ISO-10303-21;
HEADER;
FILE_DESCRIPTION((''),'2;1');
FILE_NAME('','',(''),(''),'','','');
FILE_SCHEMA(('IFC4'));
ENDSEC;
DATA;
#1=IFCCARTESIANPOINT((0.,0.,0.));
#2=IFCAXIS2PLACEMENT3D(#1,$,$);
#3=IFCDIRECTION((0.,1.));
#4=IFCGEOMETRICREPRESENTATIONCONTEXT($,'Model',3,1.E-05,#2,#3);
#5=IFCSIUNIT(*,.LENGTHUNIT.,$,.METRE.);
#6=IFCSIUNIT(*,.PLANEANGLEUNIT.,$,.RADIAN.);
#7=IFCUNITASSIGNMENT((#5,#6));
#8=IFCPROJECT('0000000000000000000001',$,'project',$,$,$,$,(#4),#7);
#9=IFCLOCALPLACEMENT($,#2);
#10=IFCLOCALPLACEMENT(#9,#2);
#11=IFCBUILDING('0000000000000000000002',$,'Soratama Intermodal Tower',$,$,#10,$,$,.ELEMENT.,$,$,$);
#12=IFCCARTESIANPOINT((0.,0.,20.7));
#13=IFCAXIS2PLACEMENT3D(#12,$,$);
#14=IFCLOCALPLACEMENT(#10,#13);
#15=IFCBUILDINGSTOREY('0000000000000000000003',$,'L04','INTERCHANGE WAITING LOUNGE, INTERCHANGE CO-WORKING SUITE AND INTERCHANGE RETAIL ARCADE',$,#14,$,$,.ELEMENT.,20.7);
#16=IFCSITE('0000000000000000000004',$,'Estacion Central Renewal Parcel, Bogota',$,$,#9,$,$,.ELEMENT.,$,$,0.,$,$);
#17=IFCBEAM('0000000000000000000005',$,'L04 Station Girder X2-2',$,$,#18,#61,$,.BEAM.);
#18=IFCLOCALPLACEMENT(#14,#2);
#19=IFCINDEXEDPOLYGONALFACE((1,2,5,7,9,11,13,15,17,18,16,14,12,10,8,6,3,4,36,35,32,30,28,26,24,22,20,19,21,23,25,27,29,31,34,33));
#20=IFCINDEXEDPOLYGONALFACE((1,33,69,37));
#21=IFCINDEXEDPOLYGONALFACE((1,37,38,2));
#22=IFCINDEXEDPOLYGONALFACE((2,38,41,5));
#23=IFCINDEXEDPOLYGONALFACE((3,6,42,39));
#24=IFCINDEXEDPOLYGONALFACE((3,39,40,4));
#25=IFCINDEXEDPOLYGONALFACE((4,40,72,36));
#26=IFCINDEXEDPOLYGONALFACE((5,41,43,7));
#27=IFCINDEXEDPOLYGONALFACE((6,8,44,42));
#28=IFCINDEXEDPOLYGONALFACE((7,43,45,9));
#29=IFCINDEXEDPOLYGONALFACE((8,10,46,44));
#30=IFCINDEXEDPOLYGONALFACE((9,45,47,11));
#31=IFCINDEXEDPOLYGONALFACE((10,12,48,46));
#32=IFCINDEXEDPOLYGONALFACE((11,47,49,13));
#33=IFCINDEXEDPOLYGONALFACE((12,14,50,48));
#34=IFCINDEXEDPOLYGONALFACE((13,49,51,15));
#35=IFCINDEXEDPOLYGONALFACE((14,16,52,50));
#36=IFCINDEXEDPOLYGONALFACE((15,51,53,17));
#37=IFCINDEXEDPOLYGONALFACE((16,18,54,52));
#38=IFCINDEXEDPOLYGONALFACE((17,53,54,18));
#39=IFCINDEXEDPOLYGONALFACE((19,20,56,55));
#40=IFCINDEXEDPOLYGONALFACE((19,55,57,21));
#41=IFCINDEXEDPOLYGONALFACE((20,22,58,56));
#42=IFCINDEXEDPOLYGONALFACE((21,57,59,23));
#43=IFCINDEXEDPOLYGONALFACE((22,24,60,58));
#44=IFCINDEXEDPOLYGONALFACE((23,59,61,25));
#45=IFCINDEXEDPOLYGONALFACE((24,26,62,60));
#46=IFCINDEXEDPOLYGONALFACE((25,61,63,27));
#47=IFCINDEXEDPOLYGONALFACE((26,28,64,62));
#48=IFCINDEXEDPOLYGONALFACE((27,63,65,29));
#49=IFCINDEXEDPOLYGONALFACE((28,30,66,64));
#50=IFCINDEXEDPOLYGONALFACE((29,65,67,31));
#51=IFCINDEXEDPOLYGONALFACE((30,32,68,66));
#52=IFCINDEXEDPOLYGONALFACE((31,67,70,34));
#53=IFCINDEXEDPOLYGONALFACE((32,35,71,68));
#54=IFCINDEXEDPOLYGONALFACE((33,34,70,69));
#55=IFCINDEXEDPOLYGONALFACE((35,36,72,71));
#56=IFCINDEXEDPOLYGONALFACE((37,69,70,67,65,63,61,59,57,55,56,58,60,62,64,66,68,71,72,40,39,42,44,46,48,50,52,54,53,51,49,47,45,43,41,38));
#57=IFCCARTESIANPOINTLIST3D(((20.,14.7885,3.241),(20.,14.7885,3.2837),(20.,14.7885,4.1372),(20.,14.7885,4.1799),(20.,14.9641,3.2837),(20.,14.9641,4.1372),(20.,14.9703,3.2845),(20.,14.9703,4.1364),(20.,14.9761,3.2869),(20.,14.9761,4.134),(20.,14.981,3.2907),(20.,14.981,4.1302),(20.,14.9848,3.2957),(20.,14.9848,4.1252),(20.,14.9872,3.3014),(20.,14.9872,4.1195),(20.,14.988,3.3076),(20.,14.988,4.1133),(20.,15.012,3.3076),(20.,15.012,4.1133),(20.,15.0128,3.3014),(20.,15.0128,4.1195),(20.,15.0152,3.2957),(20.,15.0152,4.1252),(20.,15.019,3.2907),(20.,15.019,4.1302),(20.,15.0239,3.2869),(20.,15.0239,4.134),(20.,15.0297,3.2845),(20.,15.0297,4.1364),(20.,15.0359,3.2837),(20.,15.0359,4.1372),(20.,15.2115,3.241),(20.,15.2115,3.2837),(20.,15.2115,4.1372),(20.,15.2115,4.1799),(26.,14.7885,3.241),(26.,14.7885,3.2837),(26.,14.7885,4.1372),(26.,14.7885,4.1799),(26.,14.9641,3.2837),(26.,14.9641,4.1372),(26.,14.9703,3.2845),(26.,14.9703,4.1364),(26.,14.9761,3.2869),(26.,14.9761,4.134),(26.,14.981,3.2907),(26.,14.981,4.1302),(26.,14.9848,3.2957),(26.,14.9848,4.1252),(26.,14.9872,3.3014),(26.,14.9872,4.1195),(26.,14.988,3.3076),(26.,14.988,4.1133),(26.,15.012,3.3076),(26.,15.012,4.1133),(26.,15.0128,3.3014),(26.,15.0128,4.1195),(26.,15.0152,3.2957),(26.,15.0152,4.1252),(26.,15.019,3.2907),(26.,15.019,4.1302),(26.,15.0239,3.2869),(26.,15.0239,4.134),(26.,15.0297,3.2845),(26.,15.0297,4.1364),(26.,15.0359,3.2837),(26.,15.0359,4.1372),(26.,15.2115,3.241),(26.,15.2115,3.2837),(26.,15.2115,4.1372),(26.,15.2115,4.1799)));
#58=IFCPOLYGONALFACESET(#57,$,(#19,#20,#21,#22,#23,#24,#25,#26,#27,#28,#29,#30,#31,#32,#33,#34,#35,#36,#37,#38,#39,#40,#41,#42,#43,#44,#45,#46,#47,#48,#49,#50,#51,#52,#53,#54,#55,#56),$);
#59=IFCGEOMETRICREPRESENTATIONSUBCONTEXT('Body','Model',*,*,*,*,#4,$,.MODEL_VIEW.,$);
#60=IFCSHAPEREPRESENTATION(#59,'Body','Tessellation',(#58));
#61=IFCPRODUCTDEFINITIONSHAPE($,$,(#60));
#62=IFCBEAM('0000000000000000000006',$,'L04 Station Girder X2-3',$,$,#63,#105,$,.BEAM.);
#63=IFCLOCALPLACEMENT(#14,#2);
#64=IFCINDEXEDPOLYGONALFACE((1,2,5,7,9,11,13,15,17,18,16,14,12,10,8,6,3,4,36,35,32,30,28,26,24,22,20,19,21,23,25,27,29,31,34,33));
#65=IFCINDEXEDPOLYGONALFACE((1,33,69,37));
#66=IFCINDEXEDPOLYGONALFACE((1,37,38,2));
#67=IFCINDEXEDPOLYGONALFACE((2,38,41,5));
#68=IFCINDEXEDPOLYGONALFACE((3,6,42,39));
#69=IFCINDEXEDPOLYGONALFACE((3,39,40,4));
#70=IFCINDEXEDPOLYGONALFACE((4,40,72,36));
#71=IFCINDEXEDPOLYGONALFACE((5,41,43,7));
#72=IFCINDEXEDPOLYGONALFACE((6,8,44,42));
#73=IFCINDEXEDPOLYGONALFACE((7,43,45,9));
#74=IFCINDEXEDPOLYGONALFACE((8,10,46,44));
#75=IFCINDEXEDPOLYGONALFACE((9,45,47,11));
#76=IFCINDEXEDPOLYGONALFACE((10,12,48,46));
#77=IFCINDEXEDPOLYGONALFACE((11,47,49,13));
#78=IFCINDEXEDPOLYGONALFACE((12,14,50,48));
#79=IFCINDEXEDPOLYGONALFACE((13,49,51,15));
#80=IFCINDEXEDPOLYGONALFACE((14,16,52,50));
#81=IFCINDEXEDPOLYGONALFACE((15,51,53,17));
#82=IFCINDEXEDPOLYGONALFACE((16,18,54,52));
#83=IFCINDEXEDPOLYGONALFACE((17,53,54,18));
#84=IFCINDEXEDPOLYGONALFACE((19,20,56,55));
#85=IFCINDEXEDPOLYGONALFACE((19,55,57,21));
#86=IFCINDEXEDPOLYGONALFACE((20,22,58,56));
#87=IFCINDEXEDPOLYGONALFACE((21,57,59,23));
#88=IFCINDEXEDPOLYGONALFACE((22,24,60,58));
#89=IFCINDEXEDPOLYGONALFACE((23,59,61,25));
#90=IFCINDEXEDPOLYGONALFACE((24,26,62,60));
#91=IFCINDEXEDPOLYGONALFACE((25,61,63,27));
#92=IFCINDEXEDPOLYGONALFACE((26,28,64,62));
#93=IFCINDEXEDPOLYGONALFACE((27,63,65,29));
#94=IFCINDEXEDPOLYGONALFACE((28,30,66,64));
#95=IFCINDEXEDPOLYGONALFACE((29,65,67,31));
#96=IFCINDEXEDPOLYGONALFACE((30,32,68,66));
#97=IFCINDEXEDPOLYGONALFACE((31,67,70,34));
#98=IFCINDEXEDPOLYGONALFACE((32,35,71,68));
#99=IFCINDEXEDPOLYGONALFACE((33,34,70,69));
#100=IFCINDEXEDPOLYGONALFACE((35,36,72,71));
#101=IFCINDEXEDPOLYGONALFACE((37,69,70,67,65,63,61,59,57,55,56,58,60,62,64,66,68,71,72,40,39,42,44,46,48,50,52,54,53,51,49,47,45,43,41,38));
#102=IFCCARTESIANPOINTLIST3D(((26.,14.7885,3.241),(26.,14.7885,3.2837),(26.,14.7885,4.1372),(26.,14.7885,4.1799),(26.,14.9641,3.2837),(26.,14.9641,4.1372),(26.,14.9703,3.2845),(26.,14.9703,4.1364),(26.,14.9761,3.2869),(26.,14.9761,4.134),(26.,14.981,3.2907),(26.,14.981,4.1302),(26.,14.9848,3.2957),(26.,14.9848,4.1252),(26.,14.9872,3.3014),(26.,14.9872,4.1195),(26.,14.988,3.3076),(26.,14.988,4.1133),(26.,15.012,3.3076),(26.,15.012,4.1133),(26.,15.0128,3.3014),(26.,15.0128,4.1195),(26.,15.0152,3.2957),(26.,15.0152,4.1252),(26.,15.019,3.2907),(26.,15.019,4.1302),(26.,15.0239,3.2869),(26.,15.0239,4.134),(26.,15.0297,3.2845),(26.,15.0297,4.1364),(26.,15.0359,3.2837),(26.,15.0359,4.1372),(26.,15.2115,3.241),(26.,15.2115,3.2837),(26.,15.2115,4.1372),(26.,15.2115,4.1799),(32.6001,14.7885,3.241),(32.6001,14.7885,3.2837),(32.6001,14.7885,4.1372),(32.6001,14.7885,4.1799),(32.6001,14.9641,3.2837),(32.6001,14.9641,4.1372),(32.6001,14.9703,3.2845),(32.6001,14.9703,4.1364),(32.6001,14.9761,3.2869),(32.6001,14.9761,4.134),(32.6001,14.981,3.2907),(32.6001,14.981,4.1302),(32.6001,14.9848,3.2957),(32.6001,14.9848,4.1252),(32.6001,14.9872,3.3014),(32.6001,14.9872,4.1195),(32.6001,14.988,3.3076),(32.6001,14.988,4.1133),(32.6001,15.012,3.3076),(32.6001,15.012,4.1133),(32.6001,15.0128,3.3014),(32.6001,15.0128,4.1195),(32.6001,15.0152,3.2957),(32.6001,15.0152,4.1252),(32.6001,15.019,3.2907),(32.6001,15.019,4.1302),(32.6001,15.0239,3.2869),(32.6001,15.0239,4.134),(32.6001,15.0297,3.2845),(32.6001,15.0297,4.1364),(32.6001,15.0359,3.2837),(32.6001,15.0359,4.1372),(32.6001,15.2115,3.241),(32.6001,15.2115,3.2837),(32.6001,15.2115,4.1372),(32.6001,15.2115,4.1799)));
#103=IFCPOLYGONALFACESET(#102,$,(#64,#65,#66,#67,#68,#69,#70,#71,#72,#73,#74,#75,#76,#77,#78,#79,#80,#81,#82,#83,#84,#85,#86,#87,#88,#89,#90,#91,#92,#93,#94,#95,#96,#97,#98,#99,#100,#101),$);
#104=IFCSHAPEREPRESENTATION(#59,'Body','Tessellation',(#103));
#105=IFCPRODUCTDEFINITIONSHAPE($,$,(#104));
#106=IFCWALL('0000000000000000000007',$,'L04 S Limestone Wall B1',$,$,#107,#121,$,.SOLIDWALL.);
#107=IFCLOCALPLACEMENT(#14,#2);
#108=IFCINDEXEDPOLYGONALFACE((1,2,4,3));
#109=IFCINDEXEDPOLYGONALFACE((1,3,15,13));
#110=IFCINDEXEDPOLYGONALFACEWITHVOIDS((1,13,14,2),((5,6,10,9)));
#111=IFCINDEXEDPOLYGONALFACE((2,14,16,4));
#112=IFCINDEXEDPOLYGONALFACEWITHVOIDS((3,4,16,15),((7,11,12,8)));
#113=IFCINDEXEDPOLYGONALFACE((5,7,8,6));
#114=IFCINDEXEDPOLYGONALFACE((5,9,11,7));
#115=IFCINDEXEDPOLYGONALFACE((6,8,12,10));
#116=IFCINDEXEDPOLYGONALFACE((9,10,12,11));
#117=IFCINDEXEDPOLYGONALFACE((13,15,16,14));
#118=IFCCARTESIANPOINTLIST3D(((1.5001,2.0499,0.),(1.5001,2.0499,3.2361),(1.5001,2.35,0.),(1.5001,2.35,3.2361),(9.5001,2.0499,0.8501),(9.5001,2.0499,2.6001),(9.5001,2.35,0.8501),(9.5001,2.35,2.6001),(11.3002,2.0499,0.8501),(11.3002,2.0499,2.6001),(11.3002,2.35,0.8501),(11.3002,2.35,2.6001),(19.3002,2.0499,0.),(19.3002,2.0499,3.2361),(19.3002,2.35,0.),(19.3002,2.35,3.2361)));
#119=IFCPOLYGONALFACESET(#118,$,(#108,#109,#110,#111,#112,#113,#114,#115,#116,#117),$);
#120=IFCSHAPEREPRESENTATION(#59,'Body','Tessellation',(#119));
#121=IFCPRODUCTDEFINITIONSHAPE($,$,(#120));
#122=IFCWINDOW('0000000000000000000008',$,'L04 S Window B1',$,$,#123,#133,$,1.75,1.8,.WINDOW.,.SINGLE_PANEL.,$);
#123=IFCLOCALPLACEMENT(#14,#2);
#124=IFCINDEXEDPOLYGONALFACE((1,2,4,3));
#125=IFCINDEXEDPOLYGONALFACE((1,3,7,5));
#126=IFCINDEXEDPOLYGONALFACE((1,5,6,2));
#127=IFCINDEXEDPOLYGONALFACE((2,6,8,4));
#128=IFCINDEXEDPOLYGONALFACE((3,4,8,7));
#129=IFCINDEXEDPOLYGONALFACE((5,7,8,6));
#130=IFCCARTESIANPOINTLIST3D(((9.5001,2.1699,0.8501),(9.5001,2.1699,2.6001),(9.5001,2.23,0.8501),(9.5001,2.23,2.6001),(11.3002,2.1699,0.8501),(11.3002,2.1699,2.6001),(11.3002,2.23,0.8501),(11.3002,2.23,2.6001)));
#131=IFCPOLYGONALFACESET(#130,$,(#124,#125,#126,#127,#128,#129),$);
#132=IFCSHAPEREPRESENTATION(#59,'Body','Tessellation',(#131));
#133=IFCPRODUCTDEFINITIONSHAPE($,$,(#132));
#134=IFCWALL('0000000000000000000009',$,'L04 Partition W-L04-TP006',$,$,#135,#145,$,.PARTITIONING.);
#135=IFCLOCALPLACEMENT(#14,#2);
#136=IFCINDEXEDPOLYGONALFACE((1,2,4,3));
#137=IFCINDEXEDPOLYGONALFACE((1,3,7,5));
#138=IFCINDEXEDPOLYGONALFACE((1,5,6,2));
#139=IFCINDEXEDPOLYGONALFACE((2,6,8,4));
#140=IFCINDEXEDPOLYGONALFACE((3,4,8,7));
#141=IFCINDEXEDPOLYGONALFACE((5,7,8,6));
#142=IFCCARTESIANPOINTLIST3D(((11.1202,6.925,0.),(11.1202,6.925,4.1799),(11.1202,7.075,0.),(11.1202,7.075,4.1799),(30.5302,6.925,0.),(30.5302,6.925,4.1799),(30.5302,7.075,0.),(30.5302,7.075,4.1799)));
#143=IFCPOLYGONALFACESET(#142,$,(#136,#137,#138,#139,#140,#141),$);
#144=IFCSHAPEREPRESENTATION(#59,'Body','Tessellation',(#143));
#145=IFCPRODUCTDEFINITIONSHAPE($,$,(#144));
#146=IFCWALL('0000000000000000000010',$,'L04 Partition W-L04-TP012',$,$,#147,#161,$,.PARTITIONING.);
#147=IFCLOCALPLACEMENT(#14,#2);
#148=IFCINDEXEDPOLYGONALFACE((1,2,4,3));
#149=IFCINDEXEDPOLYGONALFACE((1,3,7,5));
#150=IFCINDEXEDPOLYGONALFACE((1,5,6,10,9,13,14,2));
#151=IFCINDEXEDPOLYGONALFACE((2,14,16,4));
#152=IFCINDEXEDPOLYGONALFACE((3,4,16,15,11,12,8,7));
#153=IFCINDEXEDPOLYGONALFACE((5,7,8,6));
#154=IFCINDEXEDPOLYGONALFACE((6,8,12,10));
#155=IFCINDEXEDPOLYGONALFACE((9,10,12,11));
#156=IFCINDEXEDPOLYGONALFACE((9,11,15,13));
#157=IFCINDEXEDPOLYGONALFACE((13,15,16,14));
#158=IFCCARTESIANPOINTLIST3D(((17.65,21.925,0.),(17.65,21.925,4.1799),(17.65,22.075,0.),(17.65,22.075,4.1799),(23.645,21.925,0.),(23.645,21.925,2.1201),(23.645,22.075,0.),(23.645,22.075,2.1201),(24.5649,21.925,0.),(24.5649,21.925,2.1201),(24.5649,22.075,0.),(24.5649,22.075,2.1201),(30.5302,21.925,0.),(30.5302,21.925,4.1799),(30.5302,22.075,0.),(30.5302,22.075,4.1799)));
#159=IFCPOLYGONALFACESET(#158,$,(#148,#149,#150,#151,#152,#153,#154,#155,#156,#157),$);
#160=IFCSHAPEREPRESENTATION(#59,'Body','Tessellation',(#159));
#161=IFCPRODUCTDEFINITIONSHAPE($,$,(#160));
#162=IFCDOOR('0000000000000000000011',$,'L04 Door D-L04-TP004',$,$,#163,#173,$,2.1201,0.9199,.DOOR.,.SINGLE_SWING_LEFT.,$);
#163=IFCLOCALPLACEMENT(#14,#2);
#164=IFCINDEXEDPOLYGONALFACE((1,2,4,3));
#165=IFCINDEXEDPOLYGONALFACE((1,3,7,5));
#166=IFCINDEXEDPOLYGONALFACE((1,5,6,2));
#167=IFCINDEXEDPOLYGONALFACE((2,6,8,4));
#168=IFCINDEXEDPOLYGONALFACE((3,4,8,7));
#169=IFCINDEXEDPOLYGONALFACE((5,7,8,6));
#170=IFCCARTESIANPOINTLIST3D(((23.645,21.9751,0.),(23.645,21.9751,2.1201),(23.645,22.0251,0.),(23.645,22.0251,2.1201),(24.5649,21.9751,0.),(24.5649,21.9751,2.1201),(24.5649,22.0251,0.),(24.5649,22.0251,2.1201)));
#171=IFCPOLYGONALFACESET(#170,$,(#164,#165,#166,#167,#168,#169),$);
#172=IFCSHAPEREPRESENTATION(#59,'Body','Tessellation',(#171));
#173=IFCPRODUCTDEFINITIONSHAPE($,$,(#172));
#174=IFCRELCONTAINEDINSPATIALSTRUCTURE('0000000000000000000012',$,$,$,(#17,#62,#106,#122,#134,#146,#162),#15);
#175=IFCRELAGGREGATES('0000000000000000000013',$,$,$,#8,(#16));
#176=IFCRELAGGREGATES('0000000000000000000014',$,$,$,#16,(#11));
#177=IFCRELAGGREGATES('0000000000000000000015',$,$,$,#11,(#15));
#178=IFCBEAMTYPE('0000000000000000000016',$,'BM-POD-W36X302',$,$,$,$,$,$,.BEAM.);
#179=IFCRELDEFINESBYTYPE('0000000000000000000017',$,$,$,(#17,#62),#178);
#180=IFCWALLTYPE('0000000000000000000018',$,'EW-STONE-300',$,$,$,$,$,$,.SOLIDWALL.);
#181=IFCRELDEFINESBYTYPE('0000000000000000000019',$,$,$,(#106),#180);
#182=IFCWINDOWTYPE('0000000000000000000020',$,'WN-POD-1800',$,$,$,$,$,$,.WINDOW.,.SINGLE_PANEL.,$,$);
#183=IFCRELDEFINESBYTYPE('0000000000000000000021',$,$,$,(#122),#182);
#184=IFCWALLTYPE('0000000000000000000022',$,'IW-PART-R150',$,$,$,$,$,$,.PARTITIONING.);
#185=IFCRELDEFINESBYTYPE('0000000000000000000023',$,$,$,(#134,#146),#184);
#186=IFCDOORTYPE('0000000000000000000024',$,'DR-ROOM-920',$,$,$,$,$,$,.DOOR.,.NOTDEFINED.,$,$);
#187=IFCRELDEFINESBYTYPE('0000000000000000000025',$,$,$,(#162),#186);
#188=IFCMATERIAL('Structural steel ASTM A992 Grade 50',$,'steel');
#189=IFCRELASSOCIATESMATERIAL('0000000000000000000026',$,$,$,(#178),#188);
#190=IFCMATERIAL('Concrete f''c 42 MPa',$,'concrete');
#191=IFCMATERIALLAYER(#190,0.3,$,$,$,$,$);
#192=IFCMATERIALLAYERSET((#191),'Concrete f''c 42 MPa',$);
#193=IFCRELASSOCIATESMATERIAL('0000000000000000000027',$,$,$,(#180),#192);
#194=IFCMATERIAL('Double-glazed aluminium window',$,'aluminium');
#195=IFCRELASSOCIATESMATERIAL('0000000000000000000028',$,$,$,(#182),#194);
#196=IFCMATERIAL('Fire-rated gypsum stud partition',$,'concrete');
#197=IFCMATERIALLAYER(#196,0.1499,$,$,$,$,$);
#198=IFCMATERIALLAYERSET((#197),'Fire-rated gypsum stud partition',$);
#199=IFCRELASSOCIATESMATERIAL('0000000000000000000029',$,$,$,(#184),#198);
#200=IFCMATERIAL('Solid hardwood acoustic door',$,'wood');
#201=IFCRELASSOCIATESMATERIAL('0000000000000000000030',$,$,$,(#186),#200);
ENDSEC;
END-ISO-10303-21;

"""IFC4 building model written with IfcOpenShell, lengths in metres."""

from ifc_helpers import new_model, si_unit, direction, frame, frame_2d, origin, origin_2d, place, context, subcontext, project, spatial, rectangle, i_section, extrude, material, layer, layer_set, material_profile, profile_set, type_object, element, fill, save


model = new_model("IFC4")

# Units and contexts
model_context = context("Model", 3, precision=1e-05, world=origin(), true_north=direction((0.0, 1.0)))
body_context = subcontext(model_context, "Body", "Model", "MODEL_VIEW")
ifc_project = project(units=[si_unit("LENGTHUNIT", "METRE"), si_unit("PLANEANGLEUNIT", "RADIAN")], contexts=[model_context])

# Site, building, storey
site_placement = place(None, origin())
site = spatial("IfcSite", under=ifc_project, at=site_placement, Name="Estacion Central Renewal Parcel, Bogota", CompositionType="ELEMENT", RefElevation=0.0)
building_placement = place(site_placement, origin())
building = spatial("IfcBuilding", under=site, at=building_placement, Name="Soratama Intermodal Tower", CompositionType="ELEMENT")
storey_placement = place(building_placement, frame((0.0, 0.0, 20.7)))
storey = spatial("IfcBuildingStorey", under=building, at=storey_placement, Name="L04", Description="INTERCHANGE WAITING LOUNGE, INTERCHANGE CO-WORKING SUITE AND INTERCHANGE RETAIL ARCADE", CompositionType="ELEMENT", Elevation=20.7)

# Beams
ifc_material_1 = material(Name="Structural steel ASTM A992 Grade 50", Category="steel")
ifc_material_profile_1 = material_profile(ifc_material_1, i_section(OverallWidth=0.4231, OverallDepth=0.939, WebThickness=0.0239, FlangeThickness=0.0427, FilletRadius=0.0239, at=origin_2d()), Name="W36X302")
ifc_profile_set_1 = profile_set([ifc_material_profile_1], Name="Structural steel ASTM A992 Grade 50")
beam_type_1 = type_object("IfcBeamType", Name="BM-POD-W36X302", PredefinedType="BEAM", material=ifc_profile_set_1)
beam_1_placement = place(storey_placement, frame((20.0, 15.0, 3.7104), z_axis=(1.0, 0.0, 0.0), x_axis=(0.0, 1.0, 0.0)))
element("IfcBeam", 1, at=beam_1_placement, inside=storey, type_object=beam_type_1, Name="L04 Station Girder X2-2", PredefinedType="BEAM", context=body_context, shape_type="SweptSolid", body=[
    extrude(i_section(OverallWidth=0.4231, OverallDepth=0.939, WebThickness=0.0239, FlangeThickness=0.0427, FilletRadius=0.0239, at=origin_2d()), origin(), (0.0, 0.0, 1.0), 6.0),
])
beam_2_placement = place(storey_placement, frame((26.0, 15.0, 3.7104), z_axis=(1.0, 0.0, 0.0), x_axis=(0.0, 1.0, 0.0)))
element("IfcBeam", 2, at=beam_2_placement, inside=storey, type_object=beam_type_1, Name="L04 Station Girder X2-3", PredefinedType="BEAM", context=body_context, shape_type="SweptSolid", body=[
    extrude(i_section(OverallWidth=0.4231, OverallDepth=0.939, WebThickness=0.0239, FlangeThickness=0.0427, FilletRadius=0.0239, at=origin_2d()), origin(), (0.0, 0.0, 1.0), 6.6001),
])

# Wall, opening, window
ifc_material_2 = material(Name="Concrete f'c 42 MPa", Category="concrete")
ifc_layer_1 = layer(ifc_material_2, 0.3)
ifc_layer_set_1 = layer_set([ifc_layer_1], Name="Concrete f'c 42 MPa")
wall_type_1 = type_object("IfcWallType", Name="EW-STONE-300", PredefinedType="SOLIDWALL", material=ifc_layer_set_1)
wall_1_placement = place(storey_placement, frame((19.3, 2.2, 0.0), z_axis=(0.0, 0.0, 1.0), x_axis=(-1.0, 0.0, 0.0)))
wall_1 = element("IfcWall", 3, at=wall_1_placement, inside=storey, type_object=wall_type_1, Name="L04 S Limestone Wall B1", PredefinedType="SOLIDWALL", context=body_context, shape_type="SweptSolid", body=[
    extrude(rectangle(XDim=17.8, YDim=0.3, at=frame_2d((8.8999, 0.0))), origin(), (0.0, 0.0, 1.0), 3.2361),
])
opening_1_placement = place(wall_1_placement, frame((8.0, 0.0, 0.8501)))
opening_1 = element("IfcOpeningElement", 4, at=opening_1_placement, cuts=wall_1, PredefinedType="OPENING", context=body_context, shape_type="SweptSolid", body=[
    extrude(rectangle(XDim=1.8, YDim=1.75, at=frame_2d((0.8999, 0.875))), frame((0.0, 0.1599, 0.0), z_axis=(0.0, -1.0, 0.0), x_axis=(1.0, 0.0, 0.0)), (0.0, 0.0, 1.0), 0.3201),
])
ifc_material_3 = material(Name="Double-glazed aluminium window", Category="aluminium")
window_type = type_object("IfcWindowType", Name="WN-POD-1800", PartitioningType="SINGLE_PANEL", PredefinedType="WINDOW", material=ifc_material_3)
window_placement = place(opening_1_placement, origin())
window = element("IfcWindow", 5, at=window_placement, inside=storey, type_object=window_type, Name="L04 S Window B1", OverallHeight=1.75, OverallWidth=1.8, PartitioningType="SINGLE_PANEL", PredefinedType="WINDOW", context=body_context, shape_type="SweptSolid", body=[
    extrude(rectangle(XDim=1.8, YDim=1.75, at=frame_2d((0.8999, 0.875))), frame((0.0, 0.03, 0.0), z_axis=(0.0, -1.0, 0.0), x_axis=(1.0, 0.0, 0.0)), (0.0, 0.0, 1.0), 0.0601),
])
fill(opening_1, window)

# Wall
ifc_material_4 = material(Name="Fire-rated gypsum stud partition", Category="concrete")
ifc_layer_2 = layer(ifc_material_4, 0.1499)
ifc_layer_set_2 = layer_set([ifc_layer_2], Name="Fire-rated gypsum stud partition")
wall_type_2 = type_object("IfcWallType", Name="IW-PART-R150", PredefinedType="PARTITIONING", material=ifc_layer_set_2)
wall_2_placement = place(storey_placement, frame((11.1201, 7.0, 0.0), z_axis=(0.0, 0.0, 1.0), x_axis=(1.0, 0.0, 0.0)))
element("IfcWall", 6, at=wall_2_placement, inside=storey, type_object=wall_type_2, Name="L04 Partition W-L04-TP006", PredefinedType="PARTITIONING", context=body_context, shape_type="SweptSolid", body=[
    extrude(rectangle(XDim=19.4099, YDim=0.1499, at=frame_2d((9.7051, 0.0))), origin(), (0.0, 0.0, 1.0), 4.1799),
])

# Wall, opening, door
wall_3_placement = place(storey_placement, frame((30.53, 22.0, 0.0), z_axis=(0.0, 0.0, 1.0), x_axis=(-1.0, 0.0, 0.0)))
wall_3 = element("IfcWall", 7, at=wall_3_placement, inside=storey, type_object=wall_type_2, Name="L04 Partition W-L04-TP012", PredefinedType="PARTITIONING", context=body_context, shape_type="SweptSolid", body=[
    extrude(rectangle(XDim=12.8801, YDim=0.1499, at=frame_2d((6.4399, 0.0))), origin(), (0.0, 0.0, 1.0), 4.1799),
])
opening_2_placement = place(wall_3_placement, frame((5.9651, 0.0, 0.0)))
opening_2 = element("IfcOpeningElement", 8, at=opening_2_placement, cuts=wall_3, PredefinedType="OPENING", context=body_context, shape_type="SweptSolid", body=[
    extrude(rectangle(XDim=0.9199, YDim=2.1201, at=frame_2d((0.46, 1.0601))), frame((0.0, 0.085, 0.0), z_axis=(0.0, -1.0, 0.0), x_axis=(1.0, 0.0, 0.0)), (0.0, 0.0, 1.0), 0.1699),
])
ifc_material_5 = material(Name="Solid hardwood acoustic door", Category="wood")
door_type_1 = type_object("IfcDoorType", Name="DR-ROOM-920", OperationType="NOTDEFINED", PredefinedType="DOOR", material=ifc_material_5)
door_1_placement = place(opening_2_placement, origin())
door_1 = element("IfcDoor", 9, at=door_1_placement, inside=storey, type_object=door_type_1, Name="L04 Door D-L04-TP004", OperationType="SINGLE_SWING_LEFT", OverallHeight=2.1201, OverallWidth=0.9199, PredefinedType="DOOR", context=body_context, shape_type="SweptSolid", body=[
    extrude(rectangle(XDim=0.9199, YDim=2.1201, at=frame_2d((0.46, 1.0601))), frame((0.0, 0.0249, 0.0), z_axis=(0.0, -1.0, 0.0), x_axis=(1.0, 0.0, 0.0)), (0.0, 0.0, 1.0), 0.05),
])
fill(opening_2, door_1)

save(model, "model.ifc")
